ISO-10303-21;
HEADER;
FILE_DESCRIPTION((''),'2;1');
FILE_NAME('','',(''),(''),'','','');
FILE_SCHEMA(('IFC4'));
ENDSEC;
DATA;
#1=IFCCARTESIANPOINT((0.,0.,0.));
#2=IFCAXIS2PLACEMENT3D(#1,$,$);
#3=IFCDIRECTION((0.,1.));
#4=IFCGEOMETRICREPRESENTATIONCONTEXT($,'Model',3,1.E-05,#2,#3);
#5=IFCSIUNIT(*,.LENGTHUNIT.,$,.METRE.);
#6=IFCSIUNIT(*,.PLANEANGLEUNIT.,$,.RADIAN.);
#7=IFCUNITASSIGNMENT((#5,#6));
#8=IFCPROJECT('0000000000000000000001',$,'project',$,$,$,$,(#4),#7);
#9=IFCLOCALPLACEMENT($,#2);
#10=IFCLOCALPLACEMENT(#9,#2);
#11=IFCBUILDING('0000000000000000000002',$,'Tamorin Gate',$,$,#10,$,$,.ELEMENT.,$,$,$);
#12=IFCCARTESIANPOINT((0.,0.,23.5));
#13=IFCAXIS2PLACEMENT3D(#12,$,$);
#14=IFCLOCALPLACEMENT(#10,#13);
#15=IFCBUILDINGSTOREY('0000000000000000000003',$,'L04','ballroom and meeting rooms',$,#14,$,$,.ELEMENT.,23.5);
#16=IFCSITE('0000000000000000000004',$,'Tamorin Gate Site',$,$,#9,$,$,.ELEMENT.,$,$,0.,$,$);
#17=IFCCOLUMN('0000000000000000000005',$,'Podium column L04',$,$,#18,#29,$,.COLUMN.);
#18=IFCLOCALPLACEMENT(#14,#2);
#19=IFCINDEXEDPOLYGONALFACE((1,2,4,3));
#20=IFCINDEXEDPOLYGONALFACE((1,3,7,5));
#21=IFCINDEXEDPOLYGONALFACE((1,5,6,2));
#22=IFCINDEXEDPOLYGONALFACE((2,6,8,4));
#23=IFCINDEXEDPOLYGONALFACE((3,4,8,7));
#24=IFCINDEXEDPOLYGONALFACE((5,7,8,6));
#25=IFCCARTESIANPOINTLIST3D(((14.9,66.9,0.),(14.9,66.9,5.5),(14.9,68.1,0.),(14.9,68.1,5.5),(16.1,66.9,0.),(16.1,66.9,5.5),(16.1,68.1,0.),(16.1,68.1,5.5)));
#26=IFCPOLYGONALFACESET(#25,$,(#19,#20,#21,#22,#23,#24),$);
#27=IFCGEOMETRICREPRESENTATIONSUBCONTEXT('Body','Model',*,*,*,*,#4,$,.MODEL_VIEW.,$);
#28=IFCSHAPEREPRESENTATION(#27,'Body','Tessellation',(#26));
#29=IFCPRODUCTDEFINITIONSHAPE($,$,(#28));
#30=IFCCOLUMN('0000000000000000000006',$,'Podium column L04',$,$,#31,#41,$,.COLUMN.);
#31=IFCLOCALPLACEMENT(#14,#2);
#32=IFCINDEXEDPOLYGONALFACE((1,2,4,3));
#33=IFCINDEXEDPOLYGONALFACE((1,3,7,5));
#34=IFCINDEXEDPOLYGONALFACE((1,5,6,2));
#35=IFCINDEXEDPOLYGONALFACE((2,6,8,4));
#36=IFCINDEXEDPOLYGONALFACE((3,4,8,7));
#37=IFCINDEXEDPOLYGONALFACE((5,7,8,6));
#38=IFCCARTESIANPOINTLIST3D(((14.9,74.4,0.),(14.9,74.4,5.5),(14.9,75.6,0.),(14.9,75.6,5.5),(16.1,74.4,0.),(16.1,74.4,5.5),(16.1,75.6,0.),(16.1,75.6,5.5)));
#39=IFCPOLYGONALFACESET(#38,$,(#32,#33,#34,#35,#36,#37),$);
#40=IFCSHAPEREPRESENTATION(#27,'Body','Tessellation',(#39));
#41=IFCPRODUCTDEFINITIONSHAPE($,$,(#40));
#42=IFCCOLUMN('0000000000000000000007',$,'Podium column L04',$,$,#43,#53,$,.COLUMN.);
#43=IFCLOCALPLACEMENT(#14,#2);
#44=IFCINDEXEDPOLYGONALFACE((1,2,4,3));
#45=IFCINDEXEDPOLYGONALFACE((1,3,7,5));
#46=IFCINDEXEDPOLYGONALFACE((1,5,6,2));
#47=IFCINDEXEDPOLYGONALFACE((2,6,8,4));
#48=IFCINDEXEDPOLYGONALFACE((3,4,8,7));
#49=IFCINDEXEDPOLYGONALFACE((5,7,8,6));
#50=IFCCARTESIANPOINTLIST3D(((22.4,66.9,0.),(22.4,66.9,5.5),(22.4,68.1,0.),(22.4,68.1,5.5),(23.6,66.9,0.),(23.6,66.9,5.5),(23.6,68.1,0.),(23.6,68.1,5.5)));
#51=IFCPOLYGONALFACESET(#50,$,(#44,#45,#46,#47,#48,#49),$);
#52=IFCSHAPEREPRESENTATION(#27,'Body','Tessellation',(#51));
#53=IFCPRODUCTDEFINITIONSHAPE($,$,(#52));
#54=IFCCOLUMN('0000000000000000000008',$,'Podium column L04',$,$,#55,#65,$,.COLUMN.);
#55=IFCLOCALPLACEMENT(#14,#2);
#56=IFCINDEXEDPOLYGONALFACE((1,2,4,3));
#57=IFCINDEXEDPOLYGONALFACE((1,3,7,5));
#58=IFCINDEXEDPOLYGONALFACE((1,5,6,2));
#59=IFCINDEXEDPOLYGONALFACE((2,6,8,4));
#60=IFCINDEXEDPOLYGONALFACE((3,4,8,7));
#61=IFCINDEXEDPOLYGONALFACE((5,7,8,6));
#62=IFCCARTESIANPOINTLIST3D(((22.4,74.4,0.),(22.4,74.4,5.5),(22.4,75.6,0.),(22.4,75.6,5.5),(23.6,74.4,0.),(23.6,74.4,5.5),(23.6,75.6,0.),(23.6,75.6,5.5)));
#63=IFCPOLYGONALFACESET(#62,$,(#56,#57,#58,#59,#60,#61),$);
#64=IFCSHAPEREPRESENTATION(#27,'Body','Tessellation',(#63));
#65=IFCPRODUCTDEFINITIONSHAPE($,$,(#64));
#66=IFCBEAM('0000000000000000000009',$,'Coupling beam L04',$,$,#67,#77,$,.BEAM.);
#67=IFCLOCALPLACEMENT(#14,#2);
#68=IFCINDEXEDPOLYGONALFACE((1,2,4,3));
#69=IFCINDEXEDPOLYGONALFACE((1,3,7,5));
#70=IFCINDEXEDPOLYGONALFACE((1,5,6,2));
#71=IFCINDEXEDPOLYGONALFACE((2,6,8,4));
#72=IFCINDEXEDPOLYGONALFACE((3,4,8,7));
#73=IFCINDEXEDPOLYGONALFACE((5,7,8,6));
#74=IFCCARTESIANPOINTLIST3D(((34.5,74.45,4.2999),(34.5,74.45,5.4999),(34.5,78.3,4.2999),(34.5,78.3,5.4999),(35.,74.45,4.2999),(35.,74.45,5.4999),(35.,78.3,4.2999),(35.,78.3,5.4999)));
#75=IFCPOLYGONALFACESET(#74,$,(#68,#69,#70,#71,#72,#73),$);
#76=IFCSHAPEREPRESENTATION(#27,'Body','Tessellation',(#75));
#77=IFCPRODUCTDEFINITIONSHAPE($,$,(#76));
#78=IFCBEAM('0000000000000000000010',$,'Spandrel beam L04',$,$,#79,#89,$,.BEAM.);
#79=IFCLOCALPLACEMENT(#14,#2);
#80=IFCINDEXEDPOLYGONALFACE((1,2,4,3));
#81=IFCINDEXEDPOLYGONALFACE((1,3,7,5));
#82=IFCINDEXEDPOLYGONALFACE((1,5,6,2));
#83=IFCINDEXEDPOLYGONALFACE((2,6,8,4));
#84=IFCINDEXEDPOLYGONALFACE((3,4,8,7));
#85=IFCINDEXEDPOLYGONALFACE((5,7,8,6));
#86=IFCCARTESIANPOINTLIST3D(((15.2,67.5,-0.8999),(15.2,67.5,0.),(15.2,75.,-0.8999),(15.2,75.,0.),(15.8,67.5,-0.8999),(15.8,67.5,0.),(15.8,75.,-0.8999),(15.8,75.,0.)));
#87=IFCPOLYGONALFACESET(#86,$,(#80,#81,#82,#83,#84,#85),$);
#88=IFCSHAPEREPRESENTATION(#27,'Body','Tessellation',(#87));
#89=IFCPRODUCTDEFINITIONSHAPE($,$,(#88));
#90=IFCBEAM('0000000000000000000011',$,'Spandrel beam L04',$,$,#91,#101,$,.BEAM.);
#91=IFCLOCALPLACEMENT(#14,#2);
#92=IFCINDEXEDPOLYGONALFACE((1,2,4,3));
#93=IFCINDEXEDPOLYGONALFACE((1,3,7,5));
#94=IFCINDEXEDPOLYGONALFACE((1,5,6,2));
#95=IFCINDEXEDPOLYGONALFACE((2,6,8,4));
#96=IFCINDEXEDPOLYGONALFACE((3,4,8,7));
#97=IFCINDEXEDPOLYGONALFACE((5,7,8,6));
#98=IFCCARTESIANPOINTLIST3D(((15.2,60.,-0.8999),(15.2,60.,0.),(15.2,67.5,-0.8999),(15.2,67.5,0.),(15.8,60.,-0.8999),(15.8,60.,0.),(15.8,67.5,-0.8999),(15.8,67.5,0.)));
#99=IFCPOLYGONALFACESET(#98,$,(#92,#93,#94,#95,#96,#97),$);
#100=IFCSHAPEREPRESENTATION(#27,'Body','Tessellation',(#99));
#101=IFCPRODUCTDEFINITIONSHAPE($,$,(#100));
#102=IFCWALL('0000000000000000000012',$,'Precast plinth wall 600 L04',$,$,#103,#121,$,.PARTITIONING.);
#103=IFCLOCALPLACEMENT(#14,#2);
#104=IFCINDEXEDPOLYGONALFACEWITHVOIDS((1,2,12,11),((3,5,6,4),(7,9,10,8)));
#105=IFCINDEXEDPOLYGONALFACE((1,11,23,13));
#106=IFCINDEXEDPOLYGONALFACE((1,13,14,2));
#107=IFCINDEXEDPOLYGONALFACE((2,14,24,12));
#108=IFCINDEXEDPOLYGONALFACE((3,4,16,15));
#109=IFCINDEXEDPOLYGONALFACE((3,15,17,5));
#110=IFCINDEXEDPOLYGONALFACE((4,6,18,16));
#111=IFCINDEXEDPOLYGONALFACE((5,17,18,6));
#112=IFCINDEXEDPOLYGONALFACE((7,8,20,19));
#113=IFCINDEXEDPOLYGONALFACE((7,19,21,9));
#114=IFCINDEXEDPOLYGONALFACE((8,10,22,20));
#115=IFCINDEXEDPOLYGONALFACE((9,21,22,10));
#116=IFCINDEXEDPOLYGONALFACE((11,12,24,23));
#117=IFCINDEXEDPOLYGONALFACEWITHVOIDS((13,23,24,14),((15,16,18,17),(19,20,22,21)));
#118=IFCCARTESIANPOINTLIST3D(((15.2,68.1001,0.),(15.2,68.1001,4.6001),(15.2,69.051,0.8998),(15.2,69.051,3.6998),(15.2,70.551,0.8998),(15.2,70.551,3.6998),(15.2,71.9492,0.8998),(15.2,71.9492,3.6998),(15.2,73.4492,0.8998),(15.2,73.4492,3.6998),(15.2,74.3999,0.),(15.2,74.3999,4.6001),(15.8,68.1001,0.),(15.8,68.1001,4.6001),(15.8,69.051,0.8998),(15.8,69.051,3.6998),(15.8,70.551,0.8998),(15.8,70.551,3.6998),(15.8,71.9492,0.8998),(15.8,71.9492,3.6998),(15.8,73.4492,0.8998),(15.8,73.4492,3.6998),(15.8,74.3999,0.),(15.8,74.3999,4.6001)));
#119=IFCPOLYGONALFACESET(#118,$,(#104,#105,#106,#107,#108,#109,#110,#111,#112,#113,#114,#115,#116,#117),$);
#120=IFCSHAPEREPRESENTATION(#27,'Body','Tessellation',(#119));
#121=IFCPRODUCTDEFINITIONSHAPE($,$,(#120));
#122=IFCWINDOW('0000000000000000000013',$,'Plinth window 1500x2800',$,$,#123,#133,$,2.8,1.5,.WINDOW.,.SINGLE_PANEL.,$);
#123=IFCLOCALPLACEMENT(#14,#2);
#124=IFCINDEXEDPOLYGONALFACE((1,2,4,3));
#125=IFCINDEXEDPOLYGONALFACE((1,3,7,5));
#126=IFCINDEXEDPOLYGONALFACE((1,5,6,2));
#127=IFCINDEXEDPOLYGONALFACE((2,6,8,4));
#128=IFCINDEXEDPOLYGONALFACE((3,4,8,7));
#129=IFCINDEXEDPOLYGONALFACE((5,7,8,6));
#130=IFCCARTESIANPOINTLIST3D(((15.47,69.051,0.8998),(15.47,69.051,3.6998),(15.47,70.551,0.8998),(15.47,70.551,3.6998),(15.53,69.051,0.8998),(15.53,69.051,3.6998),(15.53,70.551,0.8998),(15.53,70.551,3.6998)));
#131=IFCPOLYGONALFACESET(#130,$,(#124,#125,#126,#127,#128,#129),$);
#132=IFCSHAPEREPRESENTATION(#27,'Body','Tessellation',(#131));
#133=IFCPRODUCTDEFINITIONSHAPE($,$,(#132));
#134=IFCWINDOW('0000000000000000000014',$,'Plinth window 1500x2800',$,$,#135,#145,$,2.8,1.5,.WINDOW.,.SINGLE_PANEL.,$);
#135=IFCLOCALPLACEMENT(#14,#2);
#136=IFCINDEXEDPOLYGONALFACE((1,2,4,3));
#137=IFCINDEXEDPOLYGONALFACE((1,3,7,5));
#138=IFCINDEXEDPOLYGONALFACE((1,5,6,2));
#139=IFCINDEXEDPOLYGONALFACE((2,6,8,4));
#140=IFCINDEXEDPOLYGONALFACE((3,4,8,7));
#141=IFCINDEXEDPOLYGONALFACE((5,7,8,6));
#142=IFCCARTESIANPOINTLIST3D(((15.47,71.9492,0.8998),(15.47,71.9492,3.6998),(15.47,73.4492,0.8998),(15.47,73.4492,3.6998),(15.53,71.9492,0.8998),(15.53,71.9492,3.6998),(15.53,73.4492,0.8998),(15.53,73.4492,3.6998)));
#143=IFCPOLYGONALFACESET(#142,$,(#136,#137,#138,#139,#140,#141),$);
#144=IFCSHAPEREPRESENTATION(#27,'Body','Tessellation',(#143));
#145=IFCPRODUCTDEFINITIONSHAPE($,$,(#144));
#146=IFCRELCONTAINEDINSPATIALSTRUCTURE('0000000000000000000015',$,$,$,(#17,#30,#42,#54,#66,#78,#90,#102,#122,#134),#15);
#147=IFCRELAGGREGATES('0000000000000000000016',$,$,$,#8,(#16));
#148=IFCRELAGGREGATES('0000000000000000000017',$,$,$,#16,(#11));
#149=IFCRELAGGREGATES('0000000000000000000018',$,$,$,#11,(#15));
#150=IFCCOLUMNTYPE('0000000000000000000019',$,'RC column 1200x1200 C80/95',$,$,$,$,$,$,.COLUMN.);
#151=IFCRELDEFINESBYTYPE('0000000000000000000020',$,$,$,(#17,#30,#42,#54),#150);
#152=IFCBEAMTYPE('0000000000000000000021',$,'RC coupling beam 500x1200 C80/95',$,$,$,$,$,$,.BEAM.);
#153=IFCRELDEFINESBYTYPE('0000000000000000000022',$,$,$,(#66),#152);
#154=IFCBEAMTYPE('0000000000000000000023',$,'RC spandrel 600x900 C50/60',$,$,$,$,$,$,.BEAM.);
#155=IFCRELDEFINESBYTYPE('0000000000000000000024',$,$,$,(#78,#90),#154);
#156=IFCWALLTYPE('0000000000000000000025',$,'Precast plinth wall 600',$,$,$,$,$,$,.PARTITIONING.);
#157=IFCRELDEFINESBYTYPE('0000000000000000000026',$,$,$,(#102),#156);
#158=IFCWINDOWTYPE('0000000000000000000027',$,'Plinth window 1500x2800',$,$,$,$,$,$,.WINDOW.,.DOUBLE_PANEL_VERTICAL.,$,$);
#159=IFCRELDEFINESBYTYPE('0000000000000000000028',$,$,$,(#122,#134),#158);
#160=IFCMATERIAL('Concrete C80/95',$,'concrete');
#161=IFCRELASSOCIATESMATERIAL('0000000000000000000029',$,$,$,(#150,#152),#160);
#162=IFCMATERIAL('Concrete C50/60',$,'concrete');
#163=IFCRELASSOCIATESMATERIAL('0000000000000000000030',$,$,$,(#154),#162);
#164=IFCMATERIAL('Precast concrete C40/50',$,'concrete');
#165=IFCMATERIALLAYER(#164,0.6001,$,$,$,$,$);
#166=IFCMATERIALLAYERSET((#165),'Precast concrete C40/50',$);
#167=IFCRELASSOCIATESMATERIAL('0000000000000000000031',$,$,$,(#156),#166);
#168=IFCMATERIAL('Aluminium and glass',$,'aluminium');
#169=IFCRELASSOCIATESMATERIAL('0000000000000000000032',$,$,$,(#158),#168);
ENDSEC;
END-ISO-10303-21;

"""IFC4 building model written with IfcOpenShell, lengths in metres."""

from ifc_helpers import new_model, si_unit, direction, frame, frame_2d, origin, origin_2d, place, context, subcontext, project, spatial, rectangle, extrude, material, layer, layer_set, material_profile, profile_set, type_object, element, fill, save


model = new_model("IFC4")

# Units and contexts
model_context = context("Model", 3, precision=1e-05, world=origin(), true_north=direction((0.0, 1.0)))
body_context = subcontext(model_context, "Body", "Model", "MODEL_VIEW")
ifc_project = project(units=[si_unit("LENGTHUNIT", "METRE"), si_unit("PLANEANGLEUNIT", "RADIAN")], contexts=[model_context])

# Site, building, storey
site_placement = place(None, origin())
site = spatial("IfcSite", under=ifc_project, at=site_placement, Name="Tamorin Gate Site", CompositionType="ELEMENT", RefElevation=0.0)
building_placement = place(site_placement, origin())
building = spatial("IfcBuilding", under=site, at=building_placement, Name="Tamorin Gate", CompositionType="ELEMENT")
storey_placement = place(building_placement, frame((0.0, 0.0, 23.5)))
storey = spatial("IfcBuildingStorey", under=building, at=storey_placement, Name="L04", Description="ballroom and meeting rooms", CompositionType="ELEMENT", Elevation=23.5)

# Columns
ifc_material_1 = material(Name="Concrete C80/95", Category="concrete")
ifc_material_profile_1 = material_profile(ifc_material_1, rectangle(XDim=1.2, YDim=1.2, at=origin_2d()), Name="RC 1200x1200")
ifc_profile_set_1 = profile_set([ifc_material_profile_1], Name="Concrete C80/95")
column_type = type_object("IfcColumnType", Name="RC column 1200x1200 C80/95", PredefinedType="COLUMN", material=ifc_profile_set_1)
for number, where, z_axis, x_axis, name in (
    (1, (15.5, 67.5, 0.0), (0.0, 0.0, 1.0), (1.0, 0.0, 0.0), "Podium column L04"),
    (2, (15.5, 75.0, 0.0), (0.0, 0.0, 1.0), (1.0, 0.0, 0.0), "Podium column L04"),
    (3, (23.0, 67.5, 0.0), (0.0, 0.0, 1.0), (1.0, 0.0, 0.0), "Podium column L04"),
    (4, (23.0, 75.0, 0.0), (0.0, 0.0, 1.0), (1.0, 0.0, 0.0), "Podium column L04"),
):
    element("IfcColumn", number, at=place(storey_placement, frame(where, z_axis=z_axis, x_axis=x_axis)), inside=storey, type_object=column_type, Name=name, PredefinedType="COLUMN", context=body_context, shape_type="SweptSolid", body=[
        extrude(rectangle(XDim=1.2, YDim=1.2, at=origin_2d()), origin(), (0.0, 0.0, 1.0), 5.5),
    ])

# Beams
ifc_material_profile_2 = material_profile(ifc_material_1, rectangle(XDim=0.5, YDim=1.2, at=origin_2d()), Name="RC 500x1200")
ifc_profile_set_2 = profile_set([ifc_material_profile_2], Name="Concrete C80/95")
beam_type_1 = type_object("IfcBeamType", Name="RC coupling beam 500x1200 C80/95", PredefinedType="BEAM", material=ifc_profile_set_2)
beam_placement = place(storey_placement, frame((34.75, 74.45, 4.8999), z_axis=(0.0, 1.0, 0.0), x_axis=(-1.0, 0.0, 0.0)))
element("IfcBeam", 5, at=beam_placement, inside=storey, type_object=beam_type_1, Name="Coupling beam L04", PredefinedType="BEAM", context=body_context, shape_type="SweptSolid", body=[
    extrude(rectangle(XDim=0.5, YDim=1.2, at=origin_2d()), origin(), (0.0, 0.0, 1.0), 3.8501),
])
ifc_material_2 = material(Name="Concrete C50/60", Category="concrete")
ifc_material_profile_3 = material_profile(ifc_material_2, rectangle(XDim=0.6001, YDim=0.8999, at=origin_2d()), Name="RC 600x900")
ifc_profile_set_3 = profile_set([ifc_material_profile_3], Name="Concrete C50/60")
beam_type_2 = type_object("IfcBeamType", Name="RC spandrel 600x900 C50/60", PredefinedType="BEAM", material=ifc_profile_set_3)
for number, where, z_axis, x_axis, name in (
    (6, (15.5, 75.0, -0.45), (0.0, -1.0, 0.0), (1.0, 0.0, 0.0), "Spandrel beam L04"),
    (7, (15.5, 67.5, -0.45), (0.0, -1.0, 0.0), (1.0, 0.0, 0.0), "Spandrel beam L04"),
):
    element("IfcBeam", number, at=place(storey_placement, frame(where, z_axis=z_axis, x_axis=x_axis)), inside=storey, type_object=beam_type_2, Name=name, PredefinedType="BEAM", context=body_context, shape_type="SweptSolid", body=[
        extrude(rectangle(XDim=0.6001, YDim=0.8999, at=origin_2d()), origin(), (0.0, 0.0, 1.0), 7.5),
    ])

# Wall, openings, windows
ifc_material_3 = material(Name="Precast concrete C40/50", Category="concrete")
ifc_layer_1 = layer(ifc_material_3, 0.6001)
ifc_layer_set_1 = layer_set([ifc_layer_1], Name="Precast concrete C40/50")
wall_type_1 = type_object("IfcWallType", Name="Precast plinth wall 600", PredefinedType="PARTITIONING", material=ifc_layer_set_1)
wall_1_placement = place(storey_placement, frame((15.5, 68.1001, 0.0), z_axis=(0.0, 0.0, 1.0), x_axis=(0.0, 1.0, 0.0)))
wall_1 = element("IfcWall", 8, at=wall_1_placement, inside=storey, type_object=wall_type_1, Name="Precast plinth wall 600 L04", PredefinedType="PARTITIONING", context=body_context, shape_type="SweptSolid", body=[
    extrude(rectangle(XDim=6.2998, YDim=0.6001, at=frame_2d((3.1499, 0.0))), origin(), (0.0, 0.0, 1.0), 4.6001),
])
opening_1_placement = place(wall_1_placement, frame((0.9509, 0.0, 0.8999)))
opening_1 = element("IfcOpeningElement", 9, at=opening_1_placement, cuts=wall_1, PredefinedType="OPENING", context=body_context, shape_type="SweptSolid", body=[
    extrude(rectangle(XDim=1.5, YDim=2.8, at=frame_2d((0.75, 1.3999))), frame((0.0, 0.3101, 0.0), z_axis=(0.0, -1.0, 0.0), x_axis=(1.0, 0.0, 0.0)), (0.0, 0.0, 1.0), 0.6201),
])
opening_2_placement = place(wall_1_placement, frame((3.8491, 0.0, 0.8999)))
opening_2 = element("IfcOpeningElement", 10, at=opening_2_placement, cuts=wall_1, PredefinedType="OPENING", context=body_context, shape_type="SweptSolid", body=[
    extrude(rectangle(XDim=1.5, YDim=2.8, at=frame_2d((0.75, 1.3999))), frame((0.0, 0.3101, 0.0), z_axis=(0.0, -1.0, 0.0), x_axis=(1.0, 0.0, 0.0)), (0.0, 0.0, 1.0), 0.6201),
])
ifc_material_4 = material(Name="Aluminium and glass", Category="aluminium")
window_type = type_object("IfcWindowType", Name="Plinth window 1500x2800", PartitioningType="DOUBLE_PANEL_VERTICAL", PredefinedType="WINDOW", material=ifc_material_4)
window_1_placement = place(opening_1_placement, origin())
window_1 = element("IfcWindow", 11, at=window_1_placement, inside=storey, type_object=window_type, Name="Plinth window 1500x2800", OverallHeight=2.8, OverallWidth=1.5, PartitioningType="SINGLE_PANEL", PredefinedType="WINDOW", context=body_context, shape_type="SweptSolid", body=[
    extrude(rectangle(XDim=1.5, YDim=2.8, at=frame_2d((0.75, 1.3999))), frame((0.0, 0.03, 0.0), z_axis=(0.0, -1.0, 0.0), x_axis=(1.0, 0.0, 0.0)), (0.0, 0.0, 1.0), 0.0601),
])
fill(opening_1, window_1)
window_2_placement = place(opening_2_placement, origin())
window_2 = element("IfcWindow", 12, at=window_2_placement, inside=storey, type_object=window_type, Name="Plinth window 1500x2800", OverallHeight=2.8, OverallWidth=1.5, PartitioningType="SINGLE_PANEL", PredefinedType="WINDOW", context=body_context, shape_type="SweptSolid", body=[
    extrude(rectangle(XDim=1.5, YDim=2.8, at=frame_2d((0.75, 1.3999))), frame((0.0, 0.03, 0.0), z_axis=(0.0, -1.0, 0.0), x_axis=(1.0, 0.0, 0.0)), (0.0, 0.0, 1.0), 0.0601),
])
fill(opening_2, window_2)

save(model, "model.ifc")
